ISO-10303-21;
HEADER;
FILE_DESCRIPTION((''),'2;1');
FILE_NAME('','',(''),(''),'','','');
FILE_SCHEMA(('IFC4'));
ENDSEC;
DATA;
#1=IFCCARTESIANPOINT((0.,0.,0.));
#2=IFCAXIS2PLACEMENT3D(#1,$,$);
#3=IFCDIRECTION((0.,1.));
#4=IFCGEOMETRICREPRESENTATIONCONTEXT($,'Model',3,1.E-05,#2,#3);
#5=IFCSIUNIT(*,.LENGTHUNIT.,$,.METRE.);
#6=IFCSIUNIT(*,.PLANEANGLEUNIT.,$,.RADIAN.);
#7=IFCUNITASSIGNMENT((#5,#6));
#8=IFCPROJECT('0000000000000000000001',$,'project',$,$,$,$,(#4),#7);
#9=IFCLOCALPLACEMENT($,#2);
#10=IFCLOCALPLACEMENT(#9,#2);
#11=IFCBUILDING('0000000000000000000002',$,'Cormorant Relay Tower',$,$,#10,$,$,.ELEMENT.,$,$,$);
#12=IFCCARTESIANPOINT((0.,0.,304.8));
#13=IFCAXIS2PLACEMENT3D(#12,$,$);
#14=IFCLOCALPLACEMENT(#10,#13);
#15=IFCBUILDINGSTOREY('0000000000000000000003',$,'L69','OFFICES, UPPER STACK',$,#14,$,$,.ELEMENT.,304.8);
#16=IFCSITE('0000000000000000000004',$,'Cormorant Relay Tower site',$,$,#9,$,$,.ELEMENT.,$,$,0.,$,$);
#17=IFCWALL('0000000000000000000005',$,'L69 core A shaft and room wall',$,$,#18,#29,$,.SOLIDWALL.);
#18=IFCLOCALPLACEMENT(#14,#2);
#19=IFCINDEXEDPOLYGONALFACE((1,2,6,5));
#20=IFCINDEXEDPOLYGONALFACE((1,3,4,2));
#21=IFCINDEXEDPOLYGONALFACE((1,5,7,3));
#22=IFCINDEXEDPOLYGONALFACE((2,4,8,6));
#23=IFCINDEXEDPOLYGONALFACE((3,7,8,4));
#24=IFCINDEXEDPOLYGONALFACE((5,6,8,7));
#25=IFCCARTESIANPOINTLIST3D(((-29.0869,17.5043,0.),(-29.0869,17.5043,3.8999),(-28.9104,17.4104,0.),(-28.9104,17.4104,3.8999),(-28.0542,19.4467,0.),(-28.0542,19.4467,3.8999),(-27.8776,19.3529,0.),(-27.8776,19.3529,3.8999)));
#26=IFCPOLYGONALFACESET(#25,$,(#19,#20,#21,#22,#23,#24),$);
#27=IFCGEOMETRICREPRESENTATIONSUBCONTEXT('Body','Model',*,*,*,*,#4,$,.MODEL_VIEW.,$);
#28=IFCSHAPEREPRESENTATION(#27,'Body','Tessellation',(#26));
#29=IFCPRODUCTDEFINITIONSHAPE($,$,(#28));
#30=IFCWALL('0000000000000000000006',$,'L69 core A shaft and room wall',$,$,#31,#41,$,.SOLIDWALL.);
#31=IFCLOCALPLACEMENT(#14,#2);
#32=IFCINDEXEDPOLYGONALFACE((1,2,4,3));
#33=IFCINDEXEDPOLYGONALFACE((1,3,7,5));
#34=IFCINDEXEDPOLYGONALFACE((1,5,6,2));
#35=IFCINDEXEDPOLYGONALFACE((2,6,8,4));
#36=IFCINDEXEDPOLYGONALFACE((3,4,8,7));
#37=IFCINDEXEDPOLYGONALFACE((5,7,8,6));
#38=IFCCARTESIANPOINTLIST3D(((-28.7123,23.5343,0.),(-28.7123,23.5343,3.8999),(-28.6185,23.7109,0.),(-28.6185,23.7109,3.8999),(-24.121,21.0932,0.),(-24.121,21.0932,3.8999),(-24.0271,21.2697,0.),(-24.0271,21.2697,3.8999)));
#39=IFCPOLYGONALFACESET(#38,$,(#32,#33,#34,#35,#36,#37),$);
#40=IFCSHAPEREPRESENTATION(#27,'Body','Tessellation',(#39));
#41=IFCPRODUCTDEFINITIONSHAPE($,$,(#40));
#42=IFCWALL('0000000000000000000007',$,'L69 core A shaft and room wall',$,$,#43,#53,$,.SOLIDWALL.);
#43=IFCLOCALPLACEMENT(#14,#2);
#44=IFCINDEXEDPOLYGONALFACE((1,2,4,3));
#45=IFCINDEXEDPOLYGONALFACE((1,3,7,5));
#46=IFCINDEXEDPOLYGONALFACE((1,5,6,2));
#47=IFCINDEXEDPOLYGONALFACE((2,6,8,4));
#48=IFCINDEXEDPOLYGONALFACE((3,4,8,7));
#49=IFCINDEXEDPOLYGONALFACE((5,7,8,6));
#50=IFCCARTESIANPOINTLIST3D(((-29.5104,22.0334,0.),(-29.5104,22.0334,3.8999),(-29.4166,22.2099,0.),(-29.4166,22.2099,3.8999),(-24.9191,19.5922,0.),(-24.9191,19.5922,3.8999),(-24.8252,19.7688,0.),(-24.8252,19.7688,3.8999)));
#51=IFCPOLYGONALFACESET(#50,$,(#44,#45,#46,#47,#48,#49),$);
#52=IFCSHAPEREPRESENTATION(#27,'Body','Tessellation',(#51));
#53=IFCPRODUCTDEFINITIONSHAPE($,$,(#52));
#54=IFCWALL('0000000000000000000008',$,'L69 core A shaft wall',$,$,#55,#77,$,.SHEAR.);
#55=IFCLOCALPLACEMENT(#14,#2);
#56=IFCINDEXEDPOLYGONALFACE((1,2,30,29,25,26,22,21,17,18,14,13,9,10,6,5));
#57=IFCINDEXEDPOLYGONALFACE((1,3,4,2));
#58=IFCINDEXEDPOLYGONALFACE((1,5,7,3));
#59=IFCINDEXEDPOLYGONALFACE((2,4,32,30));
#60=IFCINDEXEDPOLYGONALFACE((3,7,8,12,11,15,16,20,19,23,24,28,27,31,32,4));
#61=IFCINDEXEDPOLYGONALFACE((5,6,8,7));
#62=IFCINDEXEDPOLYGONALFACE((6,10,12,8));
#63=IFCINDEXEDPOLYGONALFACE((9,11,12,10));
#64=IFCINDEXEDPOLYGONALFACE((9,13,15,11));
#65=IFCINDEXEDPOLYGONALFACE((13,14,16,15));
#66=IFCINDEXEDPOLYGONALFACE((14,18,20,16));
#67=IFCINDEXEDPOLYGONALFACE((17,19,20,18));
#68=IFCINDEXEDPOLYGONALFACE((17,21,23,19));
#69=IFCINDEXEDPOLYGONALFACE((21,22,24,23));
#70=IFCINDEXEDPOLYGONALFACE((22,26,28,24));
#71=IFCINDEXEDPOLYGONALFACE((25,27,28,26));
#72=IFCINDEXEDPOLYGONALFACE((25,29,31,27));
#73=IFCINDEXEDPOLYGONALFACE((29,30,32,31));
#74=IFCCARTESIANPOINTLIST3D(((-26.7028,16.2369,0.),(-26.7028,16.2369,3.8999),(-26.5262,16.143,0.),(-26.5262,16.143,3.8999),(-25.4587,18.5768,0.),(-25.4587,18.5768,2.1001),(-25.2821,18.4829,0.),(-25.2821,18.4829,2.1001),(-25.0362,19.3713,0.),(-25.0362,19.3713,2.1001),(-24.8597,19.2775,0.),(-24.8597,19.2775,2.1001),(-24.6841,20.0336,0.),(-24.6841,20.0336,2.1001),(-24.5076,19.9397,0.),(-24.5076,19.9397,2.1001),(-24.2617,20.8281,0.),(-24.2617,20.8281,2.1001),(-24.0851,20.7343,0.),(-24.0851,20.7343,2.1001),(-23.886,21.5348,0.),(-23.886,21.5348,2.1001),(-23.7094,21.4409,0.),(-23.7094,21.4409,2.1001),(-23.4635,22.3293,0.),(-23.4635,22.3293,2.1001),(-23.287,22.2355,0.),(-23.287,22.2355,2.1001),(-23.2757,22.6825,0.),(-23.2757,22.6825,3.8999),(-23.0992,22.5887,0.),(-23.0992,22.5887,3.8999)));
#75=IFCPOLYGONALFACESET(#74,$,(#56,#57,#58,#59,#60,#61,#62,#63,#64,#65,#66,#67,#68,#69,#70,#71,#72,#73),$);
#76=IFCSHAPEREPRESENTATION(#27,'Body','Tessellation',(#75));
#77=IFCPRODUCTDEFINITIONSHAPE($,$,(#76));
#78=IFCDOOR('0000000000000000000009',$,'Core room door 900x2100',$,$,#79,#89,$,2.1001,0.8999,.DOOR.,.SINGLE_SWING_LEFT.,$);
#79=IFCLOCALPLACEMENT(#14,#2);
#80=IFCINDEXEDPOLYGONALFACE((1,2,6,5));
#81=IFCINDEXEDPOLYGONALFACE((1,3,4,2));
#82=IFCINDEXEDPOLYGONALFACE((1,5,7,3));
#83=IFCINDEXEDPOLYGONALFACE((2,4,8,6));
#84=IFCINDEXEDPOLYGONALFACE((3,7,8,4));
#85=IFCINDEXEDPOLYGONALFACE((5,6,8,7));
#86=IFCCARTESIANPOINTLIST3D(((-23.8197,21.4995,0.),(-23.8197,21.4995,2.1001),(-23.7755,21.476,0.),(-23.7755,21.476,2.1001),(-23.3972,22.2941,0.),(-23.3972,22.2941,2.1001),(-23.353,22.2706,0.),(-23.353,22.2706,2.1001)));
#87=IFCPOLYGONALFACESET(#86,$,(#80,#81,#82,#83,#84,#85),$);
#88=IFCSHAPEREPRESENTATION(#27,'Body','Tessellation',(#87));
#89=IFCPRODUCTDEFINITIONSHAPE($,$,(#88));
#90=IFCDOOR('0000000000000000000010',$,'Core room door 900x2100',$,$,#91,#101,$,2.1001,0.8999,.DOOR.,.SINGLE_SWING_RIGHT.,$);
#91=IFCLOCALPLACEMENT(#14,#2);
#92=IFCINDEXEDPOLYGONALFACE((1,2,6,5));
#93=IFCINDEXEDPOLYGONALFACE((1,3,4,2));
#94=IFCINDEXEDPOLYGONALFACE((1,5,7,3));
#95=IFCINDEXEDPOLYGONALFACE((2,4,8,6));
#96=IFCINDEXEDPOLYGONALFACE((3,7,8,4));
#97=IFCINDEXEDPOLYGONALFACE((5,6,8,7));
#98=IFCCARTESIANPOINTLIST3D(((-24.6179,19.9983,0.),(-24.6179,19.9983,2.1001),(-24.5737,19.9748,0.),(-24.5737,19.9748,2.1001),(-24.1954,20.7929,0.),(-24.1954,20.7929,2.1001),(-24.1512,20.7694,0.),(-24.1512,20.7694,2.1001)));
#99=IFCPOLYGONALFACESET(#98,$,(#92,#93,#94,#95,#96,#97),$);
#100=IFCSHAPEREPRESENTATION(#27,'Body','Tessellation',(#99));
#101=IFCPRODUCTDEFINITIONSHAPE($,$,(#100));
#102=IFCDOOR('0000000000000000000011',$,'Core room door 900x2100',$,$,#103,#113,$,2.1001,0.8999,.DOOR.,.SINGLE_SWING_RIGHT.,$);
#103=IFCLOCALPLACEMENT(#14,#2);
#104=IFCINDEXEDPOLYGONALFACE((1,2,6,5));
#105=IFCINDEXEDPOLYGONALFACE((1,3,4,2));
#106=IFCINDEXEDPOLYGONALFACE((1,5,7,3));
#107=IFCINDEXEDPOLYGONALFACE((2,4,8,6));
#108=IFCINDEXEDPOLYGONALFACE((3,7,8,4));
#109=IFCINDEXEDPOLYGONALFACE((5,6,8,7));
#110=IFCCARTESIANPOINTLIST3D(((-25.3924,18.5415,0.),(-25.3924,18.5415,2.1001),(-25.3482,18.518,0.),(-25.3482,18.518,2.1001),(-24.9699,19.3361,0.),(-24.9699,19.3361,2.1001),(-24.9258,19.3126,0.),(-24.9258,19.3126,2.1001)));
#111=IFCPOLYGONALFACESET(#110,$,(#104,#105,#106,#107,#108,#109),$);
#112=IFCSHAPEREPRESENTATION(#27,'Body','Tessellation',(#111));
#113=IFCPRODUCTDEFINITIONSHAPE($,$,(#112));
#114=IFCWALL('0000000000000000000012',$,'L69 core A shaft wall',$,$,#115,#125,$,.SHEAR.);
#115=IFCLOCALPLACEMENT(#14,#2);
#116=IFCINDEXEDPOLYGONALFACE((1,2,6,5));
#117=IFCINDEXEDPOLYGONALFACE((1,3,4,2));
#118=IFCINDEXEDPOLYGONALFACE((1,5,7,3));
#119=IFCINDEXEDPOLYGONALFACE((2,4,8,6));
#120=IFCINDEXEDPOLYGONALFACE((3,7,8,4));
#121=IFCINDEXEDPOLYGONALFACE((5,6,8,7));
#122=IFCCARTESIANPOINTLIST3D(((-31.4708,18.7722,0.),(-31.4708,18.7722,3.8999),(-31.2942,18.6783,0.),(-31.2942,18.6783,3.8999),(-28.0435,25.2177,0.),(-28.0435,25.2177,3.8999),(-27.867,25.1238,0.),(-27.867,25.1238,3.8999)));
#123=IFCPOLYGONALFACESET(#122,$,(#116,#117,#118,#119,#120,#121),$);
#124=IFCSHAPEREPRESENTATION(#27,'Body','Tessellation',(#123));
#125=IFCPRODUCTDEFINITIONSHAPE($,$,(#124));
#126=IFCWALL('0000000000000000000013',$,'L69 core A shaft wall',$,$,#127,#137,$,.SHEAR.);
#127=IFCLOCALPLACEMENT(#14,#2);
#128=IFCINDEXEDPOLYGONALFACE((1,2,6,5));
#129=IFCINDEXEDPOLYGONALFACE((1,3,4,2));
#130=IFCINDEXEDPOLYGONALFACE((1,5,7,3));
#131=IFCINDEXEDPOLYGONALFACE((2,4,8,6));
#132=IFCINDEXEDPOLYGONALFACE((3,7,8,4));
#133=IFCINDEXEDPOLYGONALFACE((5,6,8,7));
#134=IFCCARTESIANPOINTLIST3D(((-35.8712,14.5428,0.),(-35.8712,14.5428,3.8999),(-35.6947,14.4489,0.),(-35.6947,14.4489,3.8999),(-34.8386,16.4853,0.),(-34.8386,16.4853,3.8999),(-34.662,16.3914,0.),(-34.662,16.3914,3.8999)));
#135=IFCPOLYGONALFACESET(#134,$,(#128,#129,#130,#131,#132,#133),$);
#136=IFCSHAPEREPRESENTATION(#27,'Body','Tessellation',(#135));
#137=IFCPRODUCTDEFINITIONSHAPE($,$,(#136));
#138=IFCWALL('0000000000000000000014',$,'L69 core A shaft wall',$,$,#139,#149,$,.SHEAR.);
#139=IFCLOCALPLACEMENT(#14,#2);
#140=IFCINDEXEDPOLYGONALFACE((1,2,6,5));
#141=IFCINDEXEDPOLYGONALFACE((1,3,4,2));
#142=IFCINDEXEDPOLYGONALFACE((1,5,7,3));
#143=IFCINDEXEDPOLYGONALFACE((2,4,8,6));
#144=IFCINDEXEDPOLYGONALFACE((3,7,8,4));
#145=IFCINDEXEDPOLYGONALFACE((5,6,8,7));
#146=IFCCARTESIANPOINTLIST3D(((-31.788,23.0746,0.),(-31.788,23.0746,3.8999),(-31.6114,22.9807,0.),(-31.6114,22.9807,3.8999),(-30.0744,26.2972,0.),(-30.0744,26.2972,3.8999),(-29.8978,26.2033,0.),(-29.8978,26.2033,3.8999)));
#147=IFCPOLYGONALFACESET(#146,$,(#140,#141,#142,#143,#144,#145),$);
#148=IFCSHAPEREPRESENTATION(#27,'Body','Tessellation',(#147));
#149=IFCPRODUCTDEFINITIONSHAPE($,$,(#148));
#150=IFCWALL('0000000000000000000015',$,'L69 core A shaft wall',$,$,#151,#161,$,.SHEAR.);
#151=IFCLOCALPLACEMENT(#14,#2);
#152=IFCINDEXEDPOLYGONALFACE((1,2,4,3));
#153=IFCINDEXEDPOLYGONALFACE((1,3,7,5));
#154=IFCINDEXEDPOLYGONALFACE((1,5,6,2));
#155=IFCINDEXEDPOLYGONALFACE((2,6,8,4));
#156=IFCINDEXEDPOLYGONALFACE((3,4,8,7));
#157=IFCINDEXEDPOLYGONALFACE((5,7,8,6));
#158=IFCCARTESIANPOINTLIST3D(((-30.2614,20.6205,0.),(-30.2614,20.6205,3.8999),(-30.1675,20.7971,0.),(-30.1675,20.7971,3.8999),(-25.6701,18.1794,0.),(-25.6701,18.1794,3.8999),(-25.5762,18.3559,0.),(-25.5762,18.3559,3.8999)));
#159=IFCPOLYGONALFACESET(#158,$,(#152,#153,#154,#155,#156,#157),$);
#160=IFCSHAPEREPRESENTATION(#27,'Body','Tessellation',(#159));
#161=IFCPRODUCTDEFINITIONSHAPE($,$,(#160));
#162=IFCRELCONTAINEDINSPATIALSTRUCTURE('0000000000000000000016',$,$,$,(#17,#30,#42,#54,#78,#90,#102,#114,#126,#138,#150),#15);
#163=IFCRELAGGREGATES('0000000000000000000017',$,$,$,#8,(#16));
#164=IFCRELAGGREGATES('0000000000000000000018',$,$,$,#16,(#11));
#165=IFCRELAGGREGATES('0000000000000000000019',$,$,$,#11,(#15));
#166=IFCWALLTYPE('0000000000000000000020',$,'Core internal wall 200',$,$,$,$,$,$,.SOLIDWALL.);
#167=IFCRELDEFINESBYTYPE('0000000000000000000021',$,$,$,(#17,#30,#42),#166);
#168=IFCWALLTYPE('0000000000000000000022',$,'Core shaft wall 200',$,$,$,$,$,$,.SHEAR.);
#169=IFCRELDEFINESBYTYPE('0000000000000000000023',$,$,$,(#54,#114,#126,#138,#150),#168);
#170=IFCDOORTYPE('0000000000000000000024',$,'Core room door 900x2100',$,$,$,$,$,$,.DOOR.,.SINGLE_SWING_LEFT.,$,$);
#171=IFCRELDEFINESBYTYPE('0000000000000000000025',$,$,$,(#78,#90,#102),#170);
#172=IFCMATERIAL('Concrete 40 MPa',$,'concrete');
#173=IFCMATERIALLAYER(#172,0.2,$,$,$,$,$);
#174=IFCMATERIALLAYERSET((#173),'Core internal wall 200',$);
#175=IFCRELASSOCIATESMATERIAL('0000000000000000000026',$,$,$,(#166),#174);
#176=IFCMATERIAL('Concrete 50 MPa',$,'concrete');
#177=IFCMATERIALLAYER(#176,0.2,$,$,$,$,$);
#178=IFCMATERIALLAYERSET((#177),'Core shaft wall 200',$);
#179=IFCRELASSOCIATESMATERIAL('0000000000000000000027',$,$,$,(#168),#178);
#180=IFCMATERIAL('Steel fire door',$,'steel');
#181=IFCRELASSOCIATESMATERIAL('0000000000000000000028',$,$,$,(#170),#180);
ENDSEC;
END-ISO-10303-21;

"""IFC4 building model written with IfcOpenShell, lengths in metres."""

from ifc_helpers import new_model, si_unit, direction, frame, frame_2d, origin, place, context, subcontext, project, spatial, rectangle, extrude, material, layer, layer_set, type_object, element, fill, save


model = new_model("IFC4")

# Units and contexts
model_context = context("Model", 3, precision=1e-05, world=origin(), true_north=direction((0.0, 1.0)))
body_context = subcontext(model_context, "Body", "Model", "MODEL_VIEW")
ifc_project = project(units=[si_unit("LENGTHUNIT", "METRE"), si_unit("PLANEANGLEUNIT", "RADIAN")], contexts=[model_context])

# Site, building, storey
site_placement = place(None, origin())
site = spatial("IfcSite", under=ifc_project, at=site_placement, Name="Cormorant Relay Tower site", CompositionType="ELEMENT", RefElevation=0.0)
building_placement = place(site_placement, origin())
building = spatial("IfcBuilding", under=site, at=building_placement, Name="Cormorant Relay Tower", CompositionType="ELEMENT")
storey_placement = place(building_placement, frame((0.0, 0.0, 304.8)))
storey = spatial("IfcBuildingStorey", under=building, at=storey_placement, Name="L69", Description="OFFICES, UPPER STACK", CompositionType="ELEMENT", Elevation=304.8)

# Walls
ifc_material_1 = material(Name="Concrete 40 MPa", Category="concrete")
ifc_layer_1 = layer(ifc_material_1, 0.2)
ifc_layer_set_1 = layer_set([ifc_layer_1], Name="Core internal wall 200")
wall_type_1 = type_object("IfcWallType", Name="Core internal wall 200", PredefinedType="SOLIDWALL", material=ifc_layer_set_1)
wall_1_placement = place(storey_placement, frame((-27.9658, 19.3999, 0.0), z_axis=(0.0, 0.0, 1.0), x_axis=(-0.469447, -0.88296, 0.0)))
element("IfcWall", 1, at=wall_1_placement, inside=storey, type_object=wall_type_1, Name="L69 core A shaft and room wall", PredefinedType="SOLIDWALL", context=body_context, shape_type="SweptSolid", body=[
    extrude(rectangle(XDim=2.2, YDim=0.2, at=frame_2d((1.1001, 0.0))), origin(), (0.0, 0.0, 1.0), 3.8999),
])
for number, where, z_axis, x_axis, name in (
    (2, (-24.074, 21.1814, 0.0), (0.0, 0.0, 1.0), (-0.882954, 0.46946, 0.0), "L69 core A shaft and room wall"),
    (3, (-24.8721, 19.6804, 0.0), (0.0, 0.0, 1.0), (-0.882954, 0.46946, 0.0), "L69 core A shaft and room wall"),
):
    element("IfcWall", number, at=place(storey_placement, frame(where, z_axis=z_axis, x_axis=x_axis)), inside=storey, type_object=wall_type_1, Name=name, PredefinedType="SOLIDWALL", context=body_context, shape_type="SweptSolid", body=[
        extrude(rectangle(XDim=5.2, YDim=0.2, at=frame_2d((2.6001, 0.0))), origin(), (0.0, 0.0, 1.0), 3.8999),
    ])

# Wall, openings, doors
ifc_material_2 = material(Name="Concrete 50 MPa", Category="concrete")
ifc_layer_2 = layer(ifc_material_2, 0.2)
ifc_layer_set_2 = layer_set([ifc_layer_2], Name="Core shaft wall 200")
wall_type_2 = type_object("IfcWallType", Name="Core shaft wall 200", PredefinedType="SHEAR", material=ifc_layer_set_2)
wall_2_placement = place(storey_placement, frame((-23.1875, 22.6355, 0.0), z_axis=(0.0, 0.0, 1.0), x_axis=(-0.469454, -0.882957, 0.0)))
wall_2 = element("IfcWall", 4, at=wall_2_placement, inside=storey, type_object=wall_type_2, Name="L69 core A shaft wall", PredefinedType="SHEAR", context=body_context, shape_type="SweptSolid", body=[
    extrude(rectangle(XDim=7.3, YDim=0.2, at=frame_2d((3.6499, 0.0))), origin(), (0.0, 0.0, 1.0), 3.8999),
])
opening_1_placement = place(wall_2_placement, frame((0.3999, 0.0, 0.0)))
opening_1 = element("IfcOpeningElement", 5, at=opening_1_placement, cuts=wall_2, PredefinedType="OPENING", context=body_context, shape_type="SweptSolid", body=[
    extrude(rectangle(XDim=0.8999, YDim=2.1001, at=frame_2d((0.45, 1.05))), frame((0.0, 0.1099, 0.0), z_axis=(0.0, -1.0, 0.0), x_axis=(1.0, 0.0, 0.0)), (0.0, 0.0, 1.0), 0.22),
])
opening_2_placement = place(wall_2_placement, frame((2.1001, 0.0, 0.0)))
opening_2 = element("IfcOpeningElement", 6, at=opening_2_placement, cuts=wall_2, PredefinedType="OPENING", context=body_context, shape_type="SweptSolid", body=[
    extrude(rectangle(XDim=0.8999, YDim=2.1001, at=frame_2d((0.45, 1.05))), frame((0.0, 0.1099, 0.0), z_axis=(0.0, -1.0, 0.0), x_axis=(1.0, 0.0, 0.0)), (0.0, 0.0, 1.0), 0.22),
])
opening_3_placement = place(wall_2_placement, frame((3.75, 0.0, 0.0)))
opening_3 = element("IfcOpeningElement", 7, at=opening_3_placement, cuts=wall_2, PredefinedType="OPENING", context=body_context, shape_type="SweptSolid", body=[
    extrude(rectangle(XDim=0.8999, YDim=2.1001, at=frame_2d((0.45, 1.05))), frame((0.0, 0.1099, 0.0), z_axis=(0.0, -1.0, 0.0), x_axis=(1.0, 0.0, 0.0)), (0.0, 0.0, 1.0), 0.22),
])
ifc_material_3 = material(Name="Steel fire door", Category="steel")
door_type_1 = type_object("IfcDoorType", Name="Core room door 900x2100", OperationType="SINGLE_SWING_LEFT", PredefinedType="DOOR", material=ifc_material_3)
door_1_placement = place(opening_1_placement, frame((0.8999, 0.0, 0.0), z_axis=(0.0, 0.0, 1.0), x_axis=(-1.0, 0.0, 0.0)))
door_1 = element("IfcDoor", 8, at=door_1_placement, inside=storey, type_object=door_type_1, Name="Core room door 900x2100", OperationType="SINGLE_SWING_LEFT", OverallHeight=2.1001, OverallWidth=0.8999, PredefinedType="DOOR", context=body_context, shape_type="SweptSolid", body=[
    extrude(rectangle(XDim=0.8999, YDim=2.1001, at=frame_2d((0.45, 1.05))), frame((0.0, 0.0249, 0.0), z_axis=(0.0, -1.0, 0.0), x_axis=(1.0, 0.0, 0.0)), (0.0, 0.0, 1.0), 0.05),
])
fill(opening_1, door_1)
door_2_placement = place(opening_2_placement, frame((0.8999, 0.0, 0.0), z_axis=(0.0, 0.0, 1.0), x_axis=(-1.0, 0.0, 0.0)))
door_2 = element("IfcDoor", 9, at=door_2_placement, inside=storey, type_object=door_type_1, Name="Core room door 900x2100", OperationType="SINGLE_SWING_RIGHT", OverallHeight=2.1001, OverallWidth=0.8999, PredefinedType="DOOR", context=body_context, shape_type="SweptSolid", body=[
    extrude(rectangle(XDim=0.8999, YDim=2.1001, at=frame_2d((0.45, 1.05))), frame((0.0, 0.0249, 0.0), z_axis=(0.0, -1.0, 0.0), x_axis=(1.0, 0.0, 0.0)), (0.0, 0.0, 1.0), 0.05),
])
fill(opening_2, door_2)
door_3_placement = place(opening_3_placement, frame((0.8999, 0.0, 0.0), z_axis=(0.0, 0.0, 1.0), x_axis=(-1.0, 0.0, 0.0)))
door_3 = element("IfcDoor", 10, at=door_3_placement, inside=storey, type_object=door_type_1, Name="Core room door 900x2100", OperationType="SINGLE_SWING_RIGHT", OverallHeight=2.1001, OverallWidth=0.8999, PredefinedType="DOOR", context=body_context, shape_type="SweptSolid", body=[
    extrude(rectangle(XDim=0.8999, YDim=2.1001, at=frame_2d((0.45, 1.05))), frame((0.0, 0.0249, 0.0), z_axis=(0.0, -1.0, 0.0), x_axis=(1.0, 0.0, 0.0)), (0.0, 0.0, 1.0), 0.05),
])
fill(opening_3, door_3)

# Walls
wall_3_placement = place(storey_placement, frame((-27.9553, 25.1707, 0.0), z_axis=(0.0, 0.0, 1.0), x_axis=(-0.46948, -0.882943, 0.0)))
element("IfcWall", 11, at=wall_3_placement, inside=storey, type_object=wall_type_2, Name="L69 core A shaft wall", PredefinedType="SHEAR", context=body_context, shape_type="SweptSolid", body=[
    extrude(rectangle(XDim=7.3, YDim=0.2, at=frame_2d((3.6499, 0.0))), origin(), (0.0, 0.0, 1.0), 3.8999),
])
wall_4_placement = place(storey_placement, frame((-34.7502, 16.4385, 0.0), z_axis=(0.0, 0.0, 1.0), x_axis=(-0.469401, -0.882985, 0.0)))
element("IfcWall", 12, at=wall_4_placement, inside=storey, type_object=wall_type_2, Name="L69 core A shaft wall", PredefinedType="SHEAR", context=body_context, shape_type="SweptSolid", body=[
    extrude(rectangle(XDim=2.2, YDim=0.2, at=frame_2d((1.1001, 0.0))), origin(), (0.0, 0.0, 1.0), 3.8999),
])
wall_5_placement = place(storey_placement, frame((-29.9861, 26.2502, 0.0), z_axis=(0.0, 0.0, 1.0), x_axis=(-0.469494, -0.882936, 0.0)))
element("IfcWall", 13, at=wall_5_placement, inside=storey, type_object=wall_type_2, Name="L69 core A shaft wall", PredefinedType="SHEAR", context=body_context, shape_type="SweptSolid", body=[
    extrude(rectangle(XDim=3.6499, YDim=0.2, at=frame_2d((1.825, 0.0))), origin(), (0.0, 0.0, 1.0), 3.8999),
])

# Wall
wall_6_placement = place(storey_placement, frame((-25.623, 18.2676, 0.0), z_axis=(0.0, 0.0, 1.0), x_axis=(-0.882954, 0.46946, 0.0)))
element("IfcWall", 14, at=wall_6_placement, inside=storey, type_object=wall_type_2, Name="L69 core A shaft wall", PredefinedType="SHEAR", context=body_context, shape_type="SweptSolid", body=[
    extrude(rectangle(XDim=5.2, YDim=0.2, at=frame_2d((2.6001, 0.0))), origin(), (0.0, 0.0, 1.0), 3.8999),
])

save(model, "model.ifc")
